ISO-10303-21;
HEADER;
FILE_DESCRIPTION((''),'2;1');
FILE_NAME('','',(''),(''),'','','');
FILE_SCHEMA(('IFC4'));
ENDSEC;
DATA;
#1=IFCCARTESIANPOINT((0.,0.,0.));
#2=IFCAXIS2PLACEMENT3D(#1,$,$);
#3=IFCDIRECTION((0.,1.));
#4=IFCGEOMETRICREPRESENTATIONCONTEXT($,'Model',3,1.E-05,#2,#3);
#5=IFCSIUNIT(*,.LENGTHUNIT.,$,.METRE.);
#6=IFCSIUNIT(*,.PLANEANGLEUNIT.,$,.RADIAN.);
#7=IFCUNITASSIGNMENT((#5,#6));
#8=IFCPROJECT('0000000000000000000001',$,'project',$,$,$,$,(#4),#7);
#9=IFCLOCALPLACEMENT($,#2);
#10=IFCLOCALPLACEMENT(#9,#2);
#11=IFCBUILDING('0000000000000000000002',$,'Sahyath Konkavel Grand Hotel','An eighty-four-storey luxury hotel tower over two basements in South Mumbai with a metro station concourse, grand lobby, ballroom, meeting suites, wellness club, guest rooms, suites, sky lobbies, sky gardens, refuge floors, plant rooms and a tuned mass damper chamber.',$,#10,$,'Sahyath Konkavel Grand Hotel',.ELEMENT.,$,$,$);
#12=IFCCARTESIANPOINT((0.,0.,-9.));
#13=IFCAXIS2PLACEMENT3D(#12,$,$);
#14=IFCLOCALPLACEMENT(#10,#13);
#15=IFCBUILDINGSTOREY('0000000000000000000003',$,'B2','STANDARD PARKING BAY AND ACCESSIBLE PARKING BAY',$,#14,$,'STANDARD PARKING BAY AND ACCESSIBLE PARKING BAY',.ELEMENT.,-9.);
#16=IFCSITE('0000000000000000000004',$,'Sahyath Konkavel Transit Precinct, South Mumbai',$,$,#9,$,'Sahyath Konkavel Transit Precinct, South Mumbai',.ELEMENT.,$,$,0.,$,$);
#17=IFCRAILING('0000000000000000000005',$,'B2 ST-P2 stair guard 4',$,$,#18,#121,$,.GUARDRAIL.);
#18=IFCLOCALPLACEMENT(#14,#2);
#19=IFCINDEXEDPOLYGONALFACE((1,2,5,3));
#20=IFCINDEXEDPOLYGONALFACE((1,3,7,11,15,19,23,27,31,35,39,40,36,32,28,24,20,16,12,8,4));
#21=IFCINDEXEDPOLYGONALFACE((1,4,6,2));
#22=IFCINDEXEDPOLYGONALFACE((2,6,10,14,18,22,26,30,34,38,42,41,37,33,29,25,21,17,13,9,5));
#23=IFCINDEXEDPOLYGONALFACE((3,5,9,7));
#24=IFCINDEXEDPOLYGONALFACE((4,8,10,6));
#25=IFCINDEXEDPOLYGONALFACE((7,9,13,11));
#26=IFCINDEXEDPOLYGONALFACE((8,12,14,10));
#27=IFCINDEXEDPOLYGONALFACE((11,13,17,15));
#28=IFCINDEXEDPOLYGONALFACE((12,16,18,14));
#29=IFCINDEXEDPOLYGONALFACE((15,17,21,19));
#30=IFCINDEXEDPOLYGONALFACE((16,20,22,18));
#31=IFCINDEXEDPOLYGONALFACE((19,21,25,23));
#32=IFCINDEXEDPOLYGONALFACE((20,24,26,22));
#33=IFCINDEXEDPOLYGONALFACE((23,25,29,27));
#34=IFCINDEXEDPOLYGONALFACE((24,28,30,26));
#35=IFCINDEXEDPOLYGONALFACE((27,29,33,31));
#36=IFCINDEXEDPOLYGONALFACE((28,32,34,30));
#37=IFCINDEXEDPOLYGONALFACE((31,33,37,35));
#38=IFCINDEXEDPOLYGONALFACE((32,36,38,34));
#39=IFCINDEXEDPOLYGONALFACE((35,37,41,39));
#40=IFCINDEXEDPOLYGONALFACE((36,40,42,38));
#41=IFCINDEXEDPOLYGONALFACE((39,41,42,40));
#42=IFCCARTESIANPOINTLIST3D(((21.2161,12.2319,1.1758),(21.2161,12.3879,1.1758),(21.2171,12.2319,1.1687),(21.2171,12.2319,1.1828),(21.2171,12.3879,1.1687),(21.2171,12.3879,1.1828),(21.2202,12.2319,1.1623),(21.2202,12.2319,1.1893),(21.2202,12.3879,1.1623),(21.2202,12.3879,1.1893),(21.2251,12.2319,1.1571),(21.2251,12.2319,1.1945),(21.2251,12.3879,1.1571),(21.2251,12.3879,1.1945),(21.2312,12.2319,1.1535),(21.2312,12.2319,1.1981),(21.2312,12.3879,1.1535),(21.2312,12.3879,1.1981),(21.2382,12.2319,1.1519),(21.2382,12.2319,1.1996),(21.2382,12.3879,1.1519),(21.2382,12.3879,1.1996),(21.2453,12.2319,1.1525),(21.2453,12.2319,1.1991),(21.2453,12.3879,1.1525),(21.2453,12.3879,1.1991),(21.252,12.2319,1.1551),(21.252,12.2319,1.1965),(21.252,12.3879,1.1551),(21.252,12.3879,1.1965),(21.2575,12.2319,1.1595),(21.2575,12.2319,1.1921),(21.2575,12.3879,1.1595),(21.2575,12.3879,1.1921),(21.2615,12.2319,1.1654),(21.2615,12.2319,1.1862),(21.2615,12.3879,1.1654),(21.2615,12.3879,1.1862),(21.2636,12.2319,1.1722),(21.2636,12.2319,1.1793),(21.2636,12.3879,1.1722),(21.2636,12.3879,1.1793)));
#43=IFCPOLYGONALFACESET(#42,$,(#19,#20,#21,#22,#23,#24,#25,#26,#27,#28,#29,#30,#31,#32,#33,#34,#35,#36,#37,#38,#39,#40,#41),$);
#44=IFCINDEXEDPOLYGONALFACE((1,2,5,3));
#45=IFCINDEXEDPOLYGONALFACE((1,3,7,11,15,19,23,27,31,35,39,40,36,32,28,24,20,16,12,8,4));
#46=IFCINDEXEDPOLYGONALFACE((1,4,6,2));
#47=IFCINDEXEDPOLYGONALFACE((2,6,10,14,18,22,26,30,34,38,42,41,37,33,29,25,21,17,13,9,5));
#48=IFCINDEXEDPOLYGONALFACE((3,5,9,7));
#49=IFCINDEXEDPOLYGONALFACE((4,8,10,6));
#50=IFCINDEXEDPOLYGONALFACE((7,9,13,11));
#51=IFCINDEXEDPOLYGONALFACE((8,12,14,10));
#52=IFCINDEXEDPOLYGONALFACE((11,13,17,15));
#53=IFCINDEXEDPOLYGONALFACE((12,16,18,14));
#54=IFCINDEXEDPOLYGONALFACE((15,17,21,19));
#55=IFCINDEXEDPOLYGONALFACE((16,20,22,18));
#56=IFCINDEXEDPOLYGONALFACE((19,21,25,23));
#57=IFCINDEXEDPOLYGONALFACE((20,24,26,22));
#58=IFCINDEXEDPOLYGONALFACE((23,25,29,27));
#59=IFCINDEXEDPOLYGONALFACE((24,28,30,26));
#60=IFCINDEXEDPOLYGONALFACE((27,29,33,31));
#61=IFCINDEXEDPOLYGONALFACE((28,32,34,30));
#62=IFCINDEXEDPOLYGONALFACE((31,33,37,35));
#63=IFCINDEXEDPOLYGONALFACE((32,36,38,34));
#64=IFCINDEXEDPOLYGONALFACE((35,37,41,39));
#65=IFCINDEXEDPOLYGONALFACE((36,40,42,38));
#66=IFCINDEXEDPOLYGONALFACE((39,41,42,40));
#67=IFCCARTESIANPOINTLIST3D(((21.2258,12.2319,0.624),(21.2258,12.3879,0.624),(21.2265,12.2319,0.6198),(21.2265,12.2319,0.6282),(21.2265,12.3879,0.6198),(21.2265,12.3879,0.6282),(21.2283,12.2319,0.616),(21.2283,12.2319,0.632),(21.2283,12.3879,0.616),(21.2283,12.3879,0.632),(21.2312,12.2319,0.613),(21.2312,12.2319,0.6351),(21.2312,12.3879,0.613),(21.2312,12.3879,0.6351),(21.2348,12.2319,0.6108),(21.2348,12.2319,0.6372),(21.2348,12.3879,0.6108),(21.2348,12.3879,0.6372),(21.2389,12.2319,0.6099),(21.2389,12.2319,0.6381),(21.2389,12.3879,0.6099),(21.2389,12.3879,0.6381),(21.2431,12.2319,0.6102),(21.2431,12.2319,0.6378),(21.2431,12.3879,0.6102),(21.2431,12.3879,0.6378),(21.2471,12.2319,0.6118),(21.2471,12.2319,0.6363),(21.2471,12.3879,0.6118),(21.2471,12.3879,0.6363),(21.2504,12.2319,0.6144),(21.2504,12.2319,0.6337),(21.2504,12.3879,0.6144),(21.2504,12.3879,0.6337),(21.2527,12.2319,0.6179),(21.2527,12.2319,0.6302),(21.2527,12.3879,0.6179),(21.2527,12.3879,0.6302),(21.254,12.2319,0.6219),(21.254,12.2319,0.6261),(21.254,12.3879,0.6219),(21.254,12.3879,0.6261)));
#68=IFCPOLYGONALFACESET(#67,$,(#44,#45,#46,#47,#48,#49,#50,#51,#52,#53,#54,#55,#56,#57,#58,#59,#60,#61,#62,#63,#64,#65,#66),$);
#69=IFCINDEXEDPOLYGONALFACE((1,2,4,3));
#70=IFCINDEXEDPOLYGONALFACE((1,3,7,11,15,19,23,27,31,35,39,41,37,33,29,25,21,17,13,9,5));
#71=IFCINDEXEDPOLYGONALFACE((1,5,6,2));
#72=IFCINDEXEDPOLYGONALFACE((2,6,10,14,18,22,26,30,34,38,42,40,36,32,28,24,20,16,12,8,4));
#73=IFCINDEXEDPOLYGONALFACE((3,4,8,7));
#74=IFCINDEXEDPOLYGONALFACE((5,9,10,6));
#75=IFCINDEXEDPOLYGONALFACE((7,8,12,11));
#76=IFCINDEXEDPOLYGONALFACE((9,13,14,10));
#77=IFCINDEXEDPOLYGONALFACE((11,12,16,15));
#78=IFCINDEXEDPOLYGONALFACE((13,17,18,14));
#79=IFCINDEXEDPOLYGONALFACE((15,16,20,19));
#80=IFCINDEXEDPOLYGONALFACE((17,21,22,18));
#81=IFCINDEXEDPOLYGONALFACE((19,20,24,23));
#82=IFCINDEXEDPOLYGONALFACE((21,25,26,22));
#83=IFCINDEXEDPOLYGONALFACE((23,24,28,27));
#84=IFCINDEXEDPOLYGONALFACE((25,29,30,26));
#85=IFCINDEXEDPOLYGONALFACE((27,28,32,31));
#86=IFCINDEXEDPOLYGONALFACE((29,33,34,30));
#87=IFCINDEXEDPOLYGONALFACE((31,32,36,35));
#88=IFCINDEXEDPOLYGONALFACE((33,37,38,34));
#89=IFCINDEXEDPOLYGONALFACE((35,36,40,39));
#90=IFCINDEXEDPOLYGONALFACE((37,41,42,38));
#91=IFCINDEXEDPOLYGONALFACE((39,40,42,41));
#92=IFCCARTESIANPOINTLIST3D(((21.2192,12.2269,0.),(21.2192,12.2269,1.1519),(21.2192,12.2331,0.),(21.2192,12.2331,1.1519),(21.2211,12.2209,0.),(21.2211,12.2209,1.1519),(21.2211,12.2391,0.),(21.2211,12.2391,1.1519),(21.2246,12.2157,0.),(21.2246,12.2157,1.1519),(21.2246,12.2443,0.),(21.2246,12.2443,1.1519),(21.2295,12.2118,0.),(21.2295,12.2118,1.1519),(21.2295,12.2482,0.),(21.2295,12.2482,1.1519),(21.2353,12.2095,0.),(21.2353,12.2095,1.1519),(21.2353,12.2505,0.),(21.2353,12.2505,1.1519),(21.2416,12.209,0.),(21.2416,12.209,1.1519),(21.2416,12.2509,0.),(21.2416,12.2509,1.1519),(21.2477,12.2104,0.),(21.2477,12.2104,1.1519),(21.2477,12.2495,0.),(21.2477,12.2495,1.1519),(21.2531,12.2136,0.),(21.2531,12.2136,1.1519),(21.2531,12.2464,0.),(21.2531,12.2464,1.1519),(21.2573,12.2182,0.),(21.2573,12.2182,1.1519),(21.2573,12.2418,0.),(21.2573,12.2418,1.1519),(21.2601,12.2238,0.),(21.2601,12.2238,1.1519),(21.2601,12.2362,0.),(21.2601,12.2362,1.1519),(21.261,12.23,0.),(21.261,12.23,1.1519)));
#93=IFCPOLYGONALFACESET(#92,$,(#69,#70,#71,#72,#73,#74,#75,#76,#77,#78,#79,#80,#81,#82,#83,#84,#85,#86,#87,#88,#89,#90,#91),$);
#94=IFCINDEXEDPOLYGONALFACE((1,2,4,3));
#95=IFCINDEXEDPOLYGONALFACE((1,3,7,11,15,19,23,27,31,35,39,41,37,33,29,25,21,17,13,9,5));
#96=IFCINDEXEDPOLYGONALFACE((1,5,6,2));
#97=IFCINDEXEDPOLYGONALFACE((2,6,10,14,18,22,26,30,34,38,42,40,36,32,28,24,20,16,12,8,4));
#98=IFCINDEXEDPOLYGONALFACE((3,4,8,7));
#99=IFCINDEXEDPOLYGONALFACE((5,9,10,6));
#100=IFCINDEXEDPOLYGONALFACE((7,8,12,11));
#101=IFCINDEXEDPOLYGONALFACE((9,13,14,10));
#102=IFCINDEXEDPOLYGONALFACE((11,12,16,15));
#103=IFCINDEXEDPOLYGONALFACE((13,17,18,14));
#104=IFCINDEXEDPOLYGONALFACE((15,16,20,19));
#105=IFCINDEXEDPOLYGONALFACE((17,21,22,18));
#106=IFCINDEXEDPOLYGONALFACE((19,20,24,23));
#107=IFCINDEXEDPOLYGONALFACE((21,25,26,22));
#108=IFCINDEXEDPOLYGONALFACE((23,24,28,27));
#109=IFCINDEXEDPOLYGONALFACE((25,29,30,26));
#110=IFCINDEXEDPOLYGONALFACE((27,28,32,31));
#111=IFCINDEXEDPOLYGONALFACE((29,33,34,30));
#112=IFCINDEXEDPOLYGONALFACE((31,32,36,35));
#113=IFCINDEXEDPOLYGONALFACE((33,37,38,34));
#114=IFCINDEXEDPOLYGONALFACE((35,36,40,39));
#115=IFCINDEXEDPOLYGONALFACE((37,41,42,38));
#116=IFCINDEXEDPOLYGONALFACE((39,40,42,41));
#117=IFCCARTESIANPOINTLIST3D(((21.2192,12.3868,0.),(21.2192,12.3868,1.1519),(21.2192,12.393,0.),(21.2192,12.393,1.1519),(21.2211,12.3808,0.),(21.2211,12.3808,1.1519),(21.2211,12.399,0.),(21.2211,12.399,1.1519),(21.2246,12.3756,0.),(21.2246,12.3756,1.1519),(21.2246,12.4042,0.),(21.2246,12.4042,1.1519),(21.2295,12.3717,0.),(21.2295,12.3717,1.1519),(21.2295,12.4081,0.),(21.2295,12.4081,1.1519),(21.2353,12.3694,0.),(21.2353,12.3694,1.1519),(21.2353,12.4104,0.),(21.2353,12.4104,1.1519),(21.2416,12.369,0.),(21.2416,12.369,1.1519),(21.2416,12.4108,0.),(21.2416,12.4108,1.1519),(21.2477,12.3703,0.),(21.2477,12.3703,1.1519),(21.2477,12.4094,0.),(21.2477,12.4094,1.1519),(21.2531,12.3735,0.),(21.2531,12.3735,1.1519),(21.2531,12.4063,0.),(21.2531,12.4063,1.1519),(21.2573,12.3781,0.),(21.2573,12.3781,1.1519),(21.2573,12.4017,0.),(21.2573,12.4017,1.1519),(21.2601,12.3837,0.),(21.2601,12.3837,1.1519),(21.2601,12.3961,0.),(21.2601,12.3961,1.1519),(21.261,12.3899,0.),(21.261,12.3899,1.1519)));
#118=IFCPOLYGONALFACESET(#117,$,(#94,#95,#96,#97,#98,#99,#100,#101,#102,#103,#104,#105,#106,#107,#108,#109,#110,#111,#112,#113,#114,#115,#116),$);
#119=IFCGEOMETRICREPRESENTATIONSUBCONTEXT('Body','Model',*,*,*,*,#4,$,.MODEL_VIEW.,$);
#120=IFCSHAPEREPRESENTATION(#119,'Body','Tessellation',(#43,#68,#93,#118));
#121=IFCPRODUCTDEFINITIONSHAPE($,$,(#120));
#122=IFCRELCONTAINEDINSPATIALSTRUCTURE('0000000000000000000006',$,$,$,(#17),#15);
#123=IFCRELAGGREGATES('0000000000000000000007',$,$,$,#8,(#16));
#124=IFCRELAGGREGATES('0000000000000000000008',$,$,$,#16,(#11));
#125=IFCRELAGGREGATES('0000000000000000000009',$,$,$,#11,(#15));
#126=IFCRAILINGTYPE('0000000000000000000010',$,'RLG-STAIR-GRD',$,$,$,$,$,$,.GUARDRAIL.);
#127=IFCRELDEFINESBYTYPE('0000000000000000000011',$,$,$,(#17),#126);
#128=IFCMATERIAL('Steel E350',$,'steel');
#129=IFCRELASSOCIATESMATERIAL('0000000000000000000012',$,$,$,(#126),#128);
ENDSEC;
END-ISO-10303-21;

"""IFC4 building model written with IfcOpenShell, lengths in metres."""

from ifc_helpers import new_model, si_unit, direction, frame, origin, origin_2d, place, context, subcontext, project, spatial, circle, extrude, material, type_object, element, save


model = new_model("IFC4")

# Units and contexts
model_context = context("Model", 3, precision=1e-05, world=origin(), true_north=direction((0.0, 1.0)))
body_context = subcontext(model_context, "Body", "Model", "MODEL_VIEW")
ifc_project = project(units=[si_unit("LENGTHUNIT", "METRE"), si_unit("PLANEANGLEUNIT", "RADIAN")], contexts=[model_context])

# Site, building, storey
site_placement = place(None, origin())
site = spatial("IfcSite", under=ifc_project, at=site_placement, Name="Sahyath Konkavel Transit Precinct, South Mumbai", LongName="Sahyath Konkavel Transit Precinct, South Mumbai", CompositionType="ELEMENT", RefElevation=0.0)
building_placement = place(site_placement, origin())
building = spatial("IfcBuilding", under=site, at=building_placement, Name="Sahyath Konkavel Grand Hotel", Description="An eighty-four-storey luxury hotel tower over two basements in South Mumbai with a metro station concourse, grand lobby, ballroom, meeting suites, wellness club, guest rooms, suites, sky lobbies, sky gardens, refuge floors, plant rooms and a tuned mass damper chamber.", LongName="Sahyath Konkavel Grand Hotel", CompositionType="ELEMENT")
storey_placement = place(building_placement, frame((0.0, 0.0, -9.0)))
storey = spatial("IfcBuildingStorey", under=building, at=storey_placement, Name="B2", Description="STANDARD PARKING BAY AND ACCESSIBLE PARKING BAY", LongName="STANDARD PARKING BAY AND ACCESSIBLE PARKING BAY", CompositionType="ELEMENT", Elevation=-9.0)

# Shared definitions
ifc_material_1 = material(Name="Steel E350", Category="steel")

# Railing
railing_type_1 = type_object("IfcRailingType", Name="RLG-STAIR-GRD", PredefinedType="GUARDRAIL", material=ifc_material_1)
railing_1_placement = place(storey_placement, frame((21.24, 12.23, 0.0)))
element("IfcRailing", 1, at=railing_1_placement, inside=storey, type_object=railing_type_1, Name="B2 ST-P2 stair guard 4", PredefinedType="GUARDRAIL", context=body_context, shape_type="SweptSolid", body=[
    extrude(circle(Radius=0.0239, at=origin_2d()), frame((0.0, 0.002, 1.1758), z_axis=(0.0, 1.0, 0.0), x_axis=(-1.0, 0.0, 0.0)), (0.0, 0.0, 1.0), 0.156),
    extrude(circle(Radius=0.0142, at=origin_2d()), frame((0.0, 0.002, 0.624), z_axis=(0.0, 1.0, 0.0), x_axis=(-1.0, 0.0, 0.0)), (0.0, 0.0, 1.0), 0.156),
    extrude(circle(Radius=0.021, at=origin_2d()), origin(), (0.0, 0.0, 1.0), 1.1519),
    extrude(circle(Radius=0.021, at=origin_2d()), frame((0.0, 0.1599, 0.0)), (0.0, 0.0, 1.0), 1.1519),
])

save(model, "model.ifc")
